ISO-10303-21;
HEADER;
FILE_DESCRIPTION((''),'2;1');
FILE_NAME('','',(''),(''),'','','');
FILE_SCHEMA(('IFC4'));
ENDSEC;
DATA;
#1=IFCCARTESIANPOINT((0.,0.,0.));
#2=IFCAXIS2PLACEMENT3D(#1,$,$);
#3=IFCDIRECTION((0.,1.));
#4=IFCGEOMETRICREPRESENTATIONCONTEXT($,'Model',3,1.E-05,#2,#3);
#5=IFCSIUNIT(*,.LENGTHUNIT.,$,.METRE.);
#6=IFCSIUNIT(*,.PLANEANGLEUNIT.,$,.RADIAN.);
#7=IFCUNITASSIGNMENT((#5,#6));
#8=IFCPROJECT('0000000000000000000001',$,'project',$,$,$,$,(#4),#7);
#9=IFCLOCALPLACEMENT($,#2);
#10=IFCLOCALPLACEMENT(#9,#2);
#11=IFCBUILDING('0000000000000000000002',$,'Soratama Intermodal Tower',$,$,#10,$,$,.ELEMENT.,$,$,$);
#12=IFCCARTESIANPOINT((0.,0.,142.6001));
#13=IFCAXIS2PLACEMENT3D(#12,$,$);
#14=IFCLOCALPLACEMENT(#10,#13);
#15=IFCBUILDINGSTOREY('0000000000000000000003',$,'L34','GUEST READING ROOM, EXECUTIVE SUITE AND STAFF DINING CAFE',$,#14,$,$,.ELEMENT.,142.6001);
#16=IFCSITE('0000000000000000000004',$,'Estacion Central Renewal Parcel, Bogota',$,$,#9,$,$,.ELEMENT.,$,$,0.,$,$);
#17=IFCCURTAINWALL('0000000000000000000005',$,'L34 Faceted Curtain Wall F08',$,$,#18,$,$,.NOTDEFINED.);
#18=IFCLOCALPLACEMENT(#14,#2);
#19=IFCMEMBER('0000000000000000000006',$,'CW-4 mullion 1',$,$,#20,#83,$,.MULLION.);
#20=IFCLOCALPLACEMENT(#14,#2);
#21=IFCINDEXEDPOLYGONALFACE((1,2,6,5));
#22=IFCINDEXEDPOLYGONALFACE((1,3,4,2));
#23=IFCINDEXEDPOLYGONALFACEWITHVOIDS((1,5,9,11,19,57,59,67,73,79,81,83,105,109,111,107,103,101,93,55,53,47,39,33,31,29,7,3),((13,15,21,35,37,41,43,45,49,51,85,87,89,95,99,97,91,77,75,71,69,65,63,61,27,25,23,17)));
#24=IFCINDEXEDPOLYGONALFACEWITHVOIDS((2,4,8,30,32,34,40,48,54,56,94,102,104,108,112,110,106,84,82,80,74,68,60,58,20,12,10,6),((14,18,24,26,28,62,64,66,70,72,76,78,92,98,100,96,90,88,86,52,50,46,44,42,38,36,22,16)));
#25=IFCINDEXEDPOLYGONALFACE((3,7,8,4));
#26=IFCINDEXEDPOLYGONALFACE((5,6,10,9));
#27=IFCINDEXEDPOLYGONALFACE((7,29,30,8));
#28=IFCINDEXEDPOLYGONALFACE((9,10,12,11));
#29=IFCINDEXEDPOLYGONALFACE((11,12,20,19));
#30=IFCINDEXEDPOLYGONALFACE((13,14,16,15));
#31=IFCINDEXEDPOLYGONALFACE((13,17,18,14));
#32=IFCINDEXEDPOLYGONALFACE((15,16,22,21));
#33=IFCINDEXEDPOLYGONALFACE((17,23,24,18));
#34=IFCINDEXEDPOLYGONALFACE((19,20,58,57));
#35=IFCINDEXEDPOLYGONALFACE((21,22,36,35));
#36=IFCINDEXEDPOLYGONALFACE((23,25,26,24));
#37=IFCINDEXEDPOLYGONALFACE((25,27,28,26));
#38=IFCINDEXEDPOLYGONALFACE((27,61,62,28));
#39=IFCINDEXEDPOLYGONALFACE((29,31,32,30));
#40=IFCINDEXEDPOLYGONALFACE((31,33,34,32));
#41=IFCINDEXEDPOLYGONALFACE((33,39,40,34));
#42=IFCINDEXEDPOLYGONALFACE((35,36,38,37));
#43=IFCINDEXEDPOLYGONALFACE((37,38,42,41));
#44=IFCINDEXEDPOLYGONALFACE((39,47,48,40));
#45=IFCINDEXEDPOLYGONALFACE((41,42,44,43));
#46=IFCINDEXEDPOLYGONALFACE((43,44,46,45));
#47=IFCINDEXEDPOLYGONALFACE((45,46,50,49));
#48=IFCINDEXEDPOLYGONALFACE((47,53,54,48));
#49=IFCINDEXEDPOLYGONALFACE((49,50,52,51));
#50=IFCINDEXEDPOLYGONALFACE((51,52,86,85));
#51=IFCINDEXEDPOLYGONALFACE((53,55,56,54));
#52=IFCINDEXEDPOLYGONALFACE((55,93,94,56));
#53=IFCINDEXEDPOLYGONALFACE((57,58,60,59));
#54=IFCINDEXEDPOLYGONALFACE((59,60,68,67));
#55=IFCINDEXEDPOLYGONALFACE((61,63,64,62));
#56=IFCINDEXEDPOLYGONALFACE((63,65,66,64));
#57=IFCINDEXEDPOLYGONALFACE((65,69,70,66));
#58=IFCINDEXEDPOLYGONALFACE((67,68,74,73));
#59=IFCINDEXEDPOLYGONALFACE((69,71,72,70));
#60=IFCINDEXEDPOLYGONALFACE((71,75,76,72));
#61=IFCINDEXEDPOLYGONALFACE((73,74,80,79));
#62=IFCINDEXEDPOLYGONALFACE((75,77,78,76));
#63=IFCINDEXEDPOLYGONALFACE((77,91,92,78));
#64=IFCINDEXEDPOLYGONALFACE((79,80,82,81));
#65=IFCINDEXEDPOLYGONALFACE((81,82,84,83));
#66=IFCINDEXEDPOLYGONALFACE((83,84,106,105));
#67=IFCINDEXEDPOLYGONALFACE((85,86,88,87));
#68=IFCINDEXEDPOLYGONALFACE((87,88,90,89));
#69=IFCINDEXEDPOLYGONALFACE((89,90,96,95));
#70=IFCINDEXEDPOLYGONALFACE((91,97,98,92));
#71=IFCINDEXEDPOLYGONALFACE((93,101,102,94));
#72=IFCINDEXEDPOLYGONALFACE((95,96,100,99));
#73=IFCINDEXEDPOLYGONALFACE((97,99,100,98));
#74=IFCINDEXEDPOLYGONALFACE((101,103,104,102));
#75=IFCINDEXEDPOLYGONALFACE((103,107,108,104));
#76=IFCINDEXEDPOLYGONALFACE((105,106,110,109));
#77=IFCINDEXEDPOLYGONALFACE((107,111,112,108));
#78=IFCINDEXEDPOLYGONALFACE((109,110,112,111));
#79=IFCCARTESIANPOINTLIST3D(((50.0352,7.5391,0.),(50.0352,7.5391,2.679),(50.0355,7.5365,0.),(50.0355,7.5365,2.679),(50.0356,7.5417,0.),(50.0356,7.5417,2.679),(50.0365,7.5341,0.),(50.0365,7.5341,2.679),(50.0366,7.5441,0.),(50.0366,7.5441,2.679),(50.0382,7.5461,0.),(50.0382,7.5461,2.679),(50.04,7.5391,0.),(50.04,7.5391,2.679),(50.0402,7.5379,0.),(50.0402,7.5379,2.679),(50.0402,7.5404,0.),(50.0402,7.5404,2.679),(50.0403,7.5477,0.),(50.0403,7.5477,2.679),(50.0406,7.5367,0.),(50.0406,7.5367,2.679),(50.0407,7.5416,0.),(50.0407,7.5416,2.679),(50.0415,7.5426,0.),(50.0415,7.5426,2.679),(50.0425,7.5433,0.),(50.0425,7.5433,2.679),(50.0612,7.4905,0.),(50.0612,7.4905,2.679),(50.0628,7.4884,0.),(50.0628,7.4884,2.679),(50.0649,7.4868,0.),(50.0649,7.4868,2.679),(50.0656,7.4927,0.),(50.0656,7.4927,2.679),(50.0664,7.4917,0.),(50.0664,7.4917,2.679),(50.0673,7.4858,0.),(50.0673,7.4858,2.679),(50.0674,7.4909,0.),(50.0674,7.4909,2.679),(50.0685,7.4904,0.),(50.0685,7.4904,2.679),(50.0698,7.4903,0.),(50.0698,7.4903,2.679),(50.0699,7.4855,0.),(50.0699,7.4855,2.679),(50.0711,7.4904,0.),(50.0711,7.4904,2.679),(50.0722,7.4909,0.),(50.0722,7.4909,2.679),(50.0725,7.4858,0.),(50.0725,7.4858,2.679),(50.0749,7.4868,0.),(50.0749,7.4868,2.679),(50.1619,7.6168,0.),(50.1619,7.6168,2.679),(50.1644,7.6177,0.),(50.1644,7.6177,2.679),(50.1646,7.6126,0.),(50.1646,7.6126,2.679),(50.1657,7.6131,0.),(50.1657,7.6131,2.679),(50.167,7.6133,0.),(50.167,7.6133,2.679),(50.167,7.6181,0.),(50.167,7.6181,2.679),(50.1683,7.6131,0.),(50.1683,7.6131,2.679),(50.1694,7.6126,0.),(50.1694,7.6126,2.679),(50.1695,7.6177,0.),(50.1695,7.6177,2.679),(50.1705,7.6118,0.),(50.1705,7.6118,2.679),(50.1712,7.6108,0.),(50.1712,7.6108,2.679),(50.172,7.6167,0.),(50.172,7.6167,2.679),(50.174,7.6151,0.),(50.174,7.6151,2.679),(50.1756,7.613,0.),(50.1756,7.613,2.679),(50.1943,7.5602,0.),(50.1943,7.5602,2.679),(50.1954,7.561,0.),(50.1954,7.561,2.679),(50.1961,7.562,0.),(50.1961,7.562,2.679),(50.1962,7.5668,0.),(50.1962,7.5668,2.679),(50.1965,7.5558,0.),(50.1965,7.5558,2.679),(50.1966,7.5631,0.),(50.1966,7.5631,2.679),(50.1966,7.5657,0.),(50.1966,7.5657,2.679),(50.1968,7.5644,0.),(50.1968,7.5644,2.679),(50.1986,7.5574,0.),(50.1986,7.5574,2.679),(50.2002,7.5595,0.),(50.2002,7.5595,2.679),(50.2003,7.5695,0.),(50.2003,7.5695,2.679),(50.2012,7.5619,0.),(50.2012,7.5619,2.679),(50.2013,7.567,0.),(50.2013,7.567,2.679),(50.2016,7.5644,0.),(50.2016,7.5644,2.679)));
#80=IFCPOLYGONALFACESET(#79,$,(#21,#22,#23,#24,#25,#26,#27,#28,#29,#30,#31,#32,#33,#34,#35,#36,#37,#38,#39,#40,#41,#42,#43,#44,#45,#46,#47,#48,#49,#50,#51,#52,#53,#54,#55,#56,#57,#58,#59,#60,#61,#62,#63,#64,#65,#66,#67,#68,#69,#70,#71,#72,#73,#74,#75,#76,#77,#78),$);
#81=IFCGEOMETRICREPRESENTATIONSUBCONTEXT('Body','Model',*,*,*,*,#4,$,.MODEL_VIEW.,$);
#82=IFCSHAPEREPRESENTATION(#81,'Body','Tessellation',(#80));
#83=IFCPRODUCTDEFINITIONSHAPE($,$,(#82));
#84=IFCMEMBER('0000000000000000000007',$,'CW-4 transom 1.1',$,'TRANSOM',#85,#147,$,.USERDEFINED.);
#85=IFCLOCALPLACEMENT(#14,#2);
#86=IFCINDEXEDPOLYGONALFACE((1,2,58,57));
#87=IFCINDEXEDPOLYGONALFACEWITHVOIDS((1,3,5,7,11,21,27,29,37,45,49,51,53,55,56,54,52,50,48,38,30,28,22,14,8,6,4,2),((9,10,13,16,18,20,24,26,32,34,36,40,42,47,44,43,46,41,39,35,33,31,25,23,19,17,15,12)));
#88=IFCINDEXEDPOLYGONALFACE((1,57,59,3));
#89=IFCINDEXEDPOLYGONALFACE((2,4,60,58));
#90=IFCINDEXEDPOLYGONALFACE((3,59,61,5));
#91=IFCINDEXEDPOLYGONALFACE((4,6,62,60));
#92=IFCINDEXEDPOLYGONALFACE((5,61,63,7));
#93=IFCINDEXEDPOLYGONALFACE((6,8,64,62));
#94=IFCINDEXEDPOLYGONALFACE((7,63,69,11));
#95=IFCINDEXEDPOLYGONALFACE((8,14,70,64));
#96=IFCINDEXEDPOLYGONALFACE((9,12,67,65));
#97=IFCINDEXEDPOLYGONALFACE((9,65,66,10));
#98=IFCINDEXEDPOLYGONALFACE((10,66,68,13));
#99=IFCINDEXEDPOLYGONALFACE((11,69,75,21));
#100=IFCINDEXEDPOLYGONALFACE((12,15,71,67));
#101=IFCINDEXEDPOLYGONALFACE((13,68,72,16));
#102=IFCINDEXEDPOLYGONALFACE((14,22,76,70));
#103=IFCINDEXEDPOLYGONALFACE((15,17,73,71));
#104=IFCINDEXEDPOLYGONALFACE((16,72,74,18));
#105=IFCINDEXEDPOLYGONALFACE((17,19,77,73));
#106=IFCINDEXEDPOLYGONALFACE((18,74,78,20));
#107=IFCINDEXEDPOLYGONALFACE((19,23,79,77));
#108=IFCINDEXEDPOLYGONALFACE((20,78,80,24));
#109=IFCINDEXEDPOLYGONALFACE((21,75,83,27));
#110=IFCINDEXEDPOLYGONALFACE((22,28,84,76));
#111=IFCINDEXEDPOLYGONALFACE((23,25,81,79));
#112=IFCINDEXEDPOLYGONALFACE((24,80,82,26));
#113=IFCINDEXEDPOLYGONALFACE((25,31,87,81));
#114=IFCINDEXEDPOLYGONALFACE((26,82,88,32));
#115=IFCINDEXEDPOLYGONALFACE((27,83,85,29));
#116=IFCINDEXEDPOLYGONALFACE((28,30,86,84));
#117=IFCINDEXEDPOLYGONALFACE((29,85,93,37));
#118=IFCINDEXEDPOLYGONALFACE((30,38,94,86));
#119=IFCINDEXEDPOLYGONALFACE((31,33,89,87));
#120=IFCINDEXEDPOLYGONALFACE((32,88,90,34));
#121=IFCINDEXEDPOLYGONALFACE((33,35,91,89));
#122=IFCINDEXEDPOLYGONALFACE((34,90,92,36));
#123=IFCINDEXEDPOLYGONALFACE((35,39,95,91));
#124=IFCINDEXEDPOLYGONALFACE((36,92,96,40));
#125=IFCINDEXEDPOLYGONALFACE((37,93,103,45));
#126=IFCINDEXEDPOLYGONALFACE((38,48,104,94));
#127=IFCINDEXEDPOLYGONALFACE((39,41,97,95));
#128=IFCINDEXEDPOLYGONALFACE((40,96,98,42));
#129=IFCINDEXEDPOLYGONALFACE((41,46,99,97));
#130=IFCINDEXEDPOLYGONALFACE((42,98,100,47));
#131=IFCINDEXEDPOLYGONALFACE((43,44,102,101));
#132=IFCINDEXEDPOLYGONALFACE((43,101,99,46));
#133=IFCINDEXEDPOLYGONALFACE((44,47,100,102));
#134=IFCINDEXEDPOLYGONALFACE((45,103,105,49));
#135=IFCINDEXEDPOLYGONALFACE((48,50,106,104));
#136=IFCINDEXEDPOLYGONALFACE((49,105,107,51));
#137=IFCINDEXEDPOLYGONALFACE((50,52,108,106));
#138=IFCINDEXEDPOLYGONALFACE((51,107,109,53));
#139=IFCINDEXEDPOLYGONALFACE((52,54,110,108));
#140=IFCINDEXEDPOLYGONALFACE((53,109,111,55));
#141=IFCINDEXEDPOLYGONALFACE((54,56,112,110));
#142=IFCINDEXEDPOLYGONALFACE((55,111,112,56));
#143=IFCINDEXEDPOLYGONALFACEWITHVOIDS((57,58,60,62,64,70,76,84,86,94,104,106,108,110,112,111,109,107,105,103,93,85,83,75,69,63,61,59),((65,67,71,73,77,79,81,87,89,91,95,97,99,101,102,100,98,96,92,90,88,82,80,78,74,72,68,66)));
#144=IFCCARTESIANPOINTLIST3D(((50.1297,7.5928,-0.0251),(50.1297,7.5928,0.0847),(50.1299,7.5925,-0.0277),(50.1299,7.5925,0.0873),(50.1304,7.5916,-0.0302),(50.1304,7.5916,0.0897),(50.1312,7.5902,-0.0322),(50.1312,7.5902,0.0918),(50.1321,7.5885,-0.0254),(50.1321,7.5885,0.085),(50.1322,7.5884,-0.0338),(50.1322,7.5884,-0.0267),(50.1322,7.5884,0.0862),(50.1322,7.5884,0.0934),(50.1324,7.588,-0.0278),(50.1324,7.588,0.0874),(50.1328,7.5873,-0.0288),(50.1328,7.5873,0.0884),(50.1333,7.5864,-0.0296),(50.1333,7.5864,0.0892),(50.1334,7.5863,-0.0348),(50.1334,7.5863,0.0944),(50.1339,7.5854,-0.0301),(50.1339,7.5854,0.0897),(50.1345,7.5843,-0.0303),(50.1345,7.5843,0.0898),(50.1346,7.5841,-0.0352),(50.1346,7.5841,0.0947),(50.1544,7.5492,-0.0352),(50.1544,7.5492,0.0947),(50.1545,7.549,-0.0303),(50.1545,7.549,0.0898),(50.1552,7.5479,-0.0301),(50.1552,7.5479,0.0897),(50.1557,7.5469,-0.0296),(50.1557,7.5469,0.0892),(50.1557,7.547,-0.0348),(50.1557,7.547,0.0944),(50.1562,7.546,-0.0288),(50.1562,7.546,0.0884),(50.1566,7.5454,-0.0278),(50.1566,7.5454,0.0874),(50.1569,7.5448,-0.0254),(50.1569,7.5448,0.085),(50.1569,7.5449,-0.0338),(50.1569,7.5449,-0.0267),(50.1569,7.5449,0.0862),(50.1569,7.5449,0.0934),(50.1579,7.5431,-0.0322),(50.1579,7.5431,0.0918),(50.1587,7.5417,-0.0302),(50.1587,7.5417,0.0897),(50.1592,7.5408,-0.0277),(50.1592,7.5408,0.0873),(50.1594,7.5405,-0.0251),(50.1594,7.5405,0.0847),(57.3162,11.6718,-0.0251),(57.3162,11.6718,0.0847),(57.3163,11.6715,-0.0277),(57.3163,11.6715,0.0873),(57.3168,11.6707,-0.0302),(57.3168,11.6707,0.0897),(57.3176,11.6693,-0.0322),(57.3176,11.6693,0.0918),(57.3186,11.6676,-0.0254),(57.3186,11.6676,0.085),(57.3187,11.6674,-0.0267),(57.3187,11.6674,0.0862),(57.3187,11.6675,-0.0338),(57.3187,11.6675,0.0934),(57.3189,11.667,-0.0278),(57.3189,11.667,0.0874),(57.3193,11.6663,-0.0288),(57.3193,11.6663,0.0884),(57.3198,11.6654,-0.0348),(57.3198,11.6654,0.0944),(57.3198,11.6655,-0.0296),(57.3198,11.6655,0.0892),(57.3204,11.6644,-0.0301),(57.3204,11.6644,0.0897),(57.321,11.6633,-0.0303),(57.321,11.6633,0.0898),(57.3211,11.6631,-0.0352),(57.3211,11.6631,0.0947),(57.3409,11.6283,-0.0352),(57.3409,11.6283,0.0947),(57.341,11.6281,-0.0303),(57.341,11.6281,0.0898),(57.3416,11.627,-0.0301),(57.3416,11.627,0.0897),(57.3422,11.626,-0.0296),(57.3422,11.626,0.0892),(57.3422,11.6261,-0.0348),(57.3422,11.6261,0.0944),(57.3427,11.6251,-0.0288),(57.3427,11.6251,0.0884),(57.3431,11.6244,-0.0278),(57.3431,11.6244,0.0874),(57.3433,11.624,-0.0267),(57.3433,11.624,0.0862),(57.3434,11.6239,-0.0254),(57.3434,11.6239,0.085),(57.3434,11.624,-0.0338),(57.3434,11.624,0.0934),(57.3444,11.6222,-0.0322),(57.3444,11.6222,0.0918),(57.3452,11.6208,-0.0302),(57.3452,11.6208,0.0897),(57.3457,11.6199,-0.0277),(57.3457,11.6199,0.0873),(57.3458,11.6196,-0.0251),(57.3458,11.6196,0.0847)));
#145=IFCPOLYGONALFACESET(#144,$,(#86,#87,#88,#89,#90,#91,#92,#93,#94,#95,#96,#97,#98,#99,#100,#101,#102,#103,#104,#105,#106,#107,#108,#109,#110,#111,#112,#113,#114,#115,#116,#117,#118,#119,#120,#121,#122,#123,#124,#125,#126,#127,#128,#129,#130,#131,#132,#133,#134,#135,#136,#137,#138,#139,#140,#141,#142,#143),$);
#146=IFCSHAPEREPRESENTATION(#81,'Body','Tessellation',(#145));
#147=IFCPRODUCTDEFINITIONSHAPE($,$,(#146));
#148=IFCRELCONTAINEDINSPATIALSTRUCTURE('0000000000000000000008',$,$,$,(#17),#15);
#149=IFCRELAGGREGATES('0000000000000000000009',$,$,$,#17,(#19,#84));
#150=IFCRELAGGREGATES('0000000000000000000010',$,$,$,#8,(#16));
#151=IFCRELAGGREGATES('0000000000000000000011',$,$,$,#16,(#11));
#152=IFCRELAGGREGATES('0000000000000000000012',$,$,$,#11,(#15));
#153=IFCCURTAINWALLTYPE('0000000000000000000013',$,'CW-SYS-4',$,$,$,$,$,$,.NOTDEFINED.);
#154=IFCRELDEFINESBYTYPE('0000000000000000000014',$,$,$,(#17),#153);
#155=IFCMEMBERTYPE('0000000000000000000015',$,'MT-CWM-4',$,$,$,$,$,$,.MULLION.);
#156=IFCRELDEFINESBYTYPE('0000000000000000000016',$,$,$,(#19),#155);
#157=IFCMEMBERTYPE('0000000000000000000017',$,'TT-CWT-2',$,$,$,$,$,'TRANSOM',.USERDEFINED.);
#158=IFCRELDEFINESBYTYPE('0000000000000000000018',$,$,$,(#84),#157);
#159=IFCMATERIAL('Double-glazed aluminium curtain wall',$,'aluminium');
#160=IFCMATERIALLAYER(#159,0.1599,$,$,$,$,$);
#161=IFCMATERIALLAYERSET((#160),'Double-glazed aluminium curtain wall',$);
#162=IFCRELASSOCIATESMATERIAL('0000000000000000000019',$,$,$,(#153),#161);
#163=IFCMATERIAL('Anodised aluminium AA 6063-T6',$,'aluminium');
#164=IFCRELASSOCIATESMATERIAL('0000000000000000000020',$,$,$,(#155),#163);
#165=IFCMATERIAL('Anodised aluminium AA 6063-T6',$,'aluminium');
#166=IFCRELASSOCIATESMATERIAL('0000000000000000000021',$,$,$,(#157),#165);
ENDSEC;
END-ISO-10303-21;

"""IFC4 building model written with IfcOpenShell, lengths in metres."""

from ifc_helpers import new_model, si_unit, direction, frame, origin, origin_2d, place, context, subcontext, project, spatial, hollow_rectangle, extrude, material, layer, layer_set, material_profile, profile_set, type_object, element, aggregate, save


model = new_model("IFC4")

# Units and contexts
model_context = context("Model", 3, precision=1e-05, world=origin(), true_north=direction((0.0, 1.0)))
body_context = subcontext(model_context, "Body", "Model", "MODEL_VIEW")
ifc_project = project(units=[si_unit("LENGTHUNIT", "METRE"), si_unit("PLANEANGLEUNIT", "RADIAN")], contexts=[model_context])

# Site, building, storey
site_placement = place(None, origin())
site = spatial("IfcSite", under=ifc_project, at=site_placement, Name="Estacion Central Renewal Parcel, Bogota", CompositionType="ELEMENT", RefElevation=0.0)
building_placement = place(site_placement, origin())
building = spatial("IfcBuilding", under=site, at=building_placement, Name="Soratama Intermodal Tower", CompositionType="ELEMENT")
storey_placement = place(building_placement, frame((0.0, 0.0, 142.6001)))
storey = spatial("IfcBuildingStorey", under=building, at=storey_placement, Name="L34", Description="GUEST READING ROOM, EXECUTIVE SUITE AND STAFF DINING CAFE", CompositionType="ELEMENT", Elevation=142.6001)

# Curtain wall, members
ifc_material_1 = material(Name="Double-glazed aluminium curtain wall", Category="aluminium")
ifc_layer_1 = layer(ifc_material_1, 0.1599)
ifc_layer_set_1 = layer_set([ifc_layer_1], Name="Double-glazed aluminium curtain wall")
curtain_wall_type = type_object("IfcCurtainWallType", Name="CW-SYS-4", PredefinedType="NOTDEFINED", material=ifc_layer_set_1)
curtain_wall_placement = place(storey_placement, origin())
curtain_wall = element("IfcCurtainWall", 1, at=curtain_wall_placement, inside=storey, type_object=curtain_wall_type, Name="L34 Faceted Curtain Wall F08", PredefinedType="NOTDEFINED")
ifc_material_2 = material(Name="Anodised aluminium AA 6063-T6", Category="aluminium")
ifc_material_profile_1 = material_profile(ifc_material_2, hollow_rectangle(XDim=0.0701, YDim=0.1599, WallThickness=0.0049, InnerFilletRadius=0.0049, OuterFilletRadius=0.01, at=origin_2d()), Name="CWM160X70X5")
ifc_profile_set_1 = profile_set([ifc_material_profile_1], Name="Anodised aluminium AA 6063-T6")
member_type_1 = type_object("IfcMemberType", Name="MT-CWM-4", PredefinedType="MULLION", material=ifc_profile_set_1)
member_1_placement = place(storey_placement, frame((50.1184, 7.5518, 0.0), z_axis=(0.0, 0.0, 1.0), x_axis=(-0.49364, 0.869667, 0.0)))
member_1 = element("IfcMember", 2, at=member_1_placement, type_object=member_type_1, Name="CW-4 mullion 1", PredefinedType="MULLION", context=body_context, shape_type="SweptSolid", body=[
    extrude(hollow_rectangle(XDim=0.0701, YDim=0.1599, WallThickness=0.0049, InnerFilletRadius=0.0049, OuterFilletRadius=0.01, at=origin_2d()), origin(), (0.0, 0.0, 1.0), 2.679),
])
ifc_material_3 = material(Name="Anodised aluminium AA 6063-T6", Category="aluminium")
ifc_material_profile_2 = material_profile(ifc_material_3, hollow_rectangle(XDim=0.0601, YDim=0.1299, WallThickness=0.0049, InnerFilletRadius=0.0049, OuterFilletRadius=0.01, at=origin_2d()), Name="CWT130X60X5")
ifc_profile_set_2 = profile_set([ifc_material_profile_2], Name="Anodised aluminium AA 6063-T6")
member_type_2 = type_object("IfcMemberType", Name="TT-CWT-2", ElementType="TRANSOM", PredefinedType="USERDEFINED", material=ifc_profile_set_2)
member_2_placement = place(storey_placement, frame((50.1445, 7.5667, 0.0298), z_axis=(0.869672, 0.49363, 0.0), x_axis=(-0.49363, 0.869672, 0.0)))
member_2 = element("IfcMember", 3, at=member_2_placement, type_object=member_type_2, Name="CW-4 transom 1.1", ObjectType="TRANSOM", PredefinedType="USERDEFINED", context=body_context, shape_type="SweptSolid", body=[
    extrude(hollow_rectangle(XDim=0.0601, YDim=0.1299, WallThickness=0.0049, InnerFilletRadius=0.0049, OuterFilletRadius=0.01, at=origin_2d()), origin(), (0.0, 0.0, 1.0), 8.2634),
])
aggregate(curtain_wall, [member_1, member_2])

save(model, "model.ifc")
